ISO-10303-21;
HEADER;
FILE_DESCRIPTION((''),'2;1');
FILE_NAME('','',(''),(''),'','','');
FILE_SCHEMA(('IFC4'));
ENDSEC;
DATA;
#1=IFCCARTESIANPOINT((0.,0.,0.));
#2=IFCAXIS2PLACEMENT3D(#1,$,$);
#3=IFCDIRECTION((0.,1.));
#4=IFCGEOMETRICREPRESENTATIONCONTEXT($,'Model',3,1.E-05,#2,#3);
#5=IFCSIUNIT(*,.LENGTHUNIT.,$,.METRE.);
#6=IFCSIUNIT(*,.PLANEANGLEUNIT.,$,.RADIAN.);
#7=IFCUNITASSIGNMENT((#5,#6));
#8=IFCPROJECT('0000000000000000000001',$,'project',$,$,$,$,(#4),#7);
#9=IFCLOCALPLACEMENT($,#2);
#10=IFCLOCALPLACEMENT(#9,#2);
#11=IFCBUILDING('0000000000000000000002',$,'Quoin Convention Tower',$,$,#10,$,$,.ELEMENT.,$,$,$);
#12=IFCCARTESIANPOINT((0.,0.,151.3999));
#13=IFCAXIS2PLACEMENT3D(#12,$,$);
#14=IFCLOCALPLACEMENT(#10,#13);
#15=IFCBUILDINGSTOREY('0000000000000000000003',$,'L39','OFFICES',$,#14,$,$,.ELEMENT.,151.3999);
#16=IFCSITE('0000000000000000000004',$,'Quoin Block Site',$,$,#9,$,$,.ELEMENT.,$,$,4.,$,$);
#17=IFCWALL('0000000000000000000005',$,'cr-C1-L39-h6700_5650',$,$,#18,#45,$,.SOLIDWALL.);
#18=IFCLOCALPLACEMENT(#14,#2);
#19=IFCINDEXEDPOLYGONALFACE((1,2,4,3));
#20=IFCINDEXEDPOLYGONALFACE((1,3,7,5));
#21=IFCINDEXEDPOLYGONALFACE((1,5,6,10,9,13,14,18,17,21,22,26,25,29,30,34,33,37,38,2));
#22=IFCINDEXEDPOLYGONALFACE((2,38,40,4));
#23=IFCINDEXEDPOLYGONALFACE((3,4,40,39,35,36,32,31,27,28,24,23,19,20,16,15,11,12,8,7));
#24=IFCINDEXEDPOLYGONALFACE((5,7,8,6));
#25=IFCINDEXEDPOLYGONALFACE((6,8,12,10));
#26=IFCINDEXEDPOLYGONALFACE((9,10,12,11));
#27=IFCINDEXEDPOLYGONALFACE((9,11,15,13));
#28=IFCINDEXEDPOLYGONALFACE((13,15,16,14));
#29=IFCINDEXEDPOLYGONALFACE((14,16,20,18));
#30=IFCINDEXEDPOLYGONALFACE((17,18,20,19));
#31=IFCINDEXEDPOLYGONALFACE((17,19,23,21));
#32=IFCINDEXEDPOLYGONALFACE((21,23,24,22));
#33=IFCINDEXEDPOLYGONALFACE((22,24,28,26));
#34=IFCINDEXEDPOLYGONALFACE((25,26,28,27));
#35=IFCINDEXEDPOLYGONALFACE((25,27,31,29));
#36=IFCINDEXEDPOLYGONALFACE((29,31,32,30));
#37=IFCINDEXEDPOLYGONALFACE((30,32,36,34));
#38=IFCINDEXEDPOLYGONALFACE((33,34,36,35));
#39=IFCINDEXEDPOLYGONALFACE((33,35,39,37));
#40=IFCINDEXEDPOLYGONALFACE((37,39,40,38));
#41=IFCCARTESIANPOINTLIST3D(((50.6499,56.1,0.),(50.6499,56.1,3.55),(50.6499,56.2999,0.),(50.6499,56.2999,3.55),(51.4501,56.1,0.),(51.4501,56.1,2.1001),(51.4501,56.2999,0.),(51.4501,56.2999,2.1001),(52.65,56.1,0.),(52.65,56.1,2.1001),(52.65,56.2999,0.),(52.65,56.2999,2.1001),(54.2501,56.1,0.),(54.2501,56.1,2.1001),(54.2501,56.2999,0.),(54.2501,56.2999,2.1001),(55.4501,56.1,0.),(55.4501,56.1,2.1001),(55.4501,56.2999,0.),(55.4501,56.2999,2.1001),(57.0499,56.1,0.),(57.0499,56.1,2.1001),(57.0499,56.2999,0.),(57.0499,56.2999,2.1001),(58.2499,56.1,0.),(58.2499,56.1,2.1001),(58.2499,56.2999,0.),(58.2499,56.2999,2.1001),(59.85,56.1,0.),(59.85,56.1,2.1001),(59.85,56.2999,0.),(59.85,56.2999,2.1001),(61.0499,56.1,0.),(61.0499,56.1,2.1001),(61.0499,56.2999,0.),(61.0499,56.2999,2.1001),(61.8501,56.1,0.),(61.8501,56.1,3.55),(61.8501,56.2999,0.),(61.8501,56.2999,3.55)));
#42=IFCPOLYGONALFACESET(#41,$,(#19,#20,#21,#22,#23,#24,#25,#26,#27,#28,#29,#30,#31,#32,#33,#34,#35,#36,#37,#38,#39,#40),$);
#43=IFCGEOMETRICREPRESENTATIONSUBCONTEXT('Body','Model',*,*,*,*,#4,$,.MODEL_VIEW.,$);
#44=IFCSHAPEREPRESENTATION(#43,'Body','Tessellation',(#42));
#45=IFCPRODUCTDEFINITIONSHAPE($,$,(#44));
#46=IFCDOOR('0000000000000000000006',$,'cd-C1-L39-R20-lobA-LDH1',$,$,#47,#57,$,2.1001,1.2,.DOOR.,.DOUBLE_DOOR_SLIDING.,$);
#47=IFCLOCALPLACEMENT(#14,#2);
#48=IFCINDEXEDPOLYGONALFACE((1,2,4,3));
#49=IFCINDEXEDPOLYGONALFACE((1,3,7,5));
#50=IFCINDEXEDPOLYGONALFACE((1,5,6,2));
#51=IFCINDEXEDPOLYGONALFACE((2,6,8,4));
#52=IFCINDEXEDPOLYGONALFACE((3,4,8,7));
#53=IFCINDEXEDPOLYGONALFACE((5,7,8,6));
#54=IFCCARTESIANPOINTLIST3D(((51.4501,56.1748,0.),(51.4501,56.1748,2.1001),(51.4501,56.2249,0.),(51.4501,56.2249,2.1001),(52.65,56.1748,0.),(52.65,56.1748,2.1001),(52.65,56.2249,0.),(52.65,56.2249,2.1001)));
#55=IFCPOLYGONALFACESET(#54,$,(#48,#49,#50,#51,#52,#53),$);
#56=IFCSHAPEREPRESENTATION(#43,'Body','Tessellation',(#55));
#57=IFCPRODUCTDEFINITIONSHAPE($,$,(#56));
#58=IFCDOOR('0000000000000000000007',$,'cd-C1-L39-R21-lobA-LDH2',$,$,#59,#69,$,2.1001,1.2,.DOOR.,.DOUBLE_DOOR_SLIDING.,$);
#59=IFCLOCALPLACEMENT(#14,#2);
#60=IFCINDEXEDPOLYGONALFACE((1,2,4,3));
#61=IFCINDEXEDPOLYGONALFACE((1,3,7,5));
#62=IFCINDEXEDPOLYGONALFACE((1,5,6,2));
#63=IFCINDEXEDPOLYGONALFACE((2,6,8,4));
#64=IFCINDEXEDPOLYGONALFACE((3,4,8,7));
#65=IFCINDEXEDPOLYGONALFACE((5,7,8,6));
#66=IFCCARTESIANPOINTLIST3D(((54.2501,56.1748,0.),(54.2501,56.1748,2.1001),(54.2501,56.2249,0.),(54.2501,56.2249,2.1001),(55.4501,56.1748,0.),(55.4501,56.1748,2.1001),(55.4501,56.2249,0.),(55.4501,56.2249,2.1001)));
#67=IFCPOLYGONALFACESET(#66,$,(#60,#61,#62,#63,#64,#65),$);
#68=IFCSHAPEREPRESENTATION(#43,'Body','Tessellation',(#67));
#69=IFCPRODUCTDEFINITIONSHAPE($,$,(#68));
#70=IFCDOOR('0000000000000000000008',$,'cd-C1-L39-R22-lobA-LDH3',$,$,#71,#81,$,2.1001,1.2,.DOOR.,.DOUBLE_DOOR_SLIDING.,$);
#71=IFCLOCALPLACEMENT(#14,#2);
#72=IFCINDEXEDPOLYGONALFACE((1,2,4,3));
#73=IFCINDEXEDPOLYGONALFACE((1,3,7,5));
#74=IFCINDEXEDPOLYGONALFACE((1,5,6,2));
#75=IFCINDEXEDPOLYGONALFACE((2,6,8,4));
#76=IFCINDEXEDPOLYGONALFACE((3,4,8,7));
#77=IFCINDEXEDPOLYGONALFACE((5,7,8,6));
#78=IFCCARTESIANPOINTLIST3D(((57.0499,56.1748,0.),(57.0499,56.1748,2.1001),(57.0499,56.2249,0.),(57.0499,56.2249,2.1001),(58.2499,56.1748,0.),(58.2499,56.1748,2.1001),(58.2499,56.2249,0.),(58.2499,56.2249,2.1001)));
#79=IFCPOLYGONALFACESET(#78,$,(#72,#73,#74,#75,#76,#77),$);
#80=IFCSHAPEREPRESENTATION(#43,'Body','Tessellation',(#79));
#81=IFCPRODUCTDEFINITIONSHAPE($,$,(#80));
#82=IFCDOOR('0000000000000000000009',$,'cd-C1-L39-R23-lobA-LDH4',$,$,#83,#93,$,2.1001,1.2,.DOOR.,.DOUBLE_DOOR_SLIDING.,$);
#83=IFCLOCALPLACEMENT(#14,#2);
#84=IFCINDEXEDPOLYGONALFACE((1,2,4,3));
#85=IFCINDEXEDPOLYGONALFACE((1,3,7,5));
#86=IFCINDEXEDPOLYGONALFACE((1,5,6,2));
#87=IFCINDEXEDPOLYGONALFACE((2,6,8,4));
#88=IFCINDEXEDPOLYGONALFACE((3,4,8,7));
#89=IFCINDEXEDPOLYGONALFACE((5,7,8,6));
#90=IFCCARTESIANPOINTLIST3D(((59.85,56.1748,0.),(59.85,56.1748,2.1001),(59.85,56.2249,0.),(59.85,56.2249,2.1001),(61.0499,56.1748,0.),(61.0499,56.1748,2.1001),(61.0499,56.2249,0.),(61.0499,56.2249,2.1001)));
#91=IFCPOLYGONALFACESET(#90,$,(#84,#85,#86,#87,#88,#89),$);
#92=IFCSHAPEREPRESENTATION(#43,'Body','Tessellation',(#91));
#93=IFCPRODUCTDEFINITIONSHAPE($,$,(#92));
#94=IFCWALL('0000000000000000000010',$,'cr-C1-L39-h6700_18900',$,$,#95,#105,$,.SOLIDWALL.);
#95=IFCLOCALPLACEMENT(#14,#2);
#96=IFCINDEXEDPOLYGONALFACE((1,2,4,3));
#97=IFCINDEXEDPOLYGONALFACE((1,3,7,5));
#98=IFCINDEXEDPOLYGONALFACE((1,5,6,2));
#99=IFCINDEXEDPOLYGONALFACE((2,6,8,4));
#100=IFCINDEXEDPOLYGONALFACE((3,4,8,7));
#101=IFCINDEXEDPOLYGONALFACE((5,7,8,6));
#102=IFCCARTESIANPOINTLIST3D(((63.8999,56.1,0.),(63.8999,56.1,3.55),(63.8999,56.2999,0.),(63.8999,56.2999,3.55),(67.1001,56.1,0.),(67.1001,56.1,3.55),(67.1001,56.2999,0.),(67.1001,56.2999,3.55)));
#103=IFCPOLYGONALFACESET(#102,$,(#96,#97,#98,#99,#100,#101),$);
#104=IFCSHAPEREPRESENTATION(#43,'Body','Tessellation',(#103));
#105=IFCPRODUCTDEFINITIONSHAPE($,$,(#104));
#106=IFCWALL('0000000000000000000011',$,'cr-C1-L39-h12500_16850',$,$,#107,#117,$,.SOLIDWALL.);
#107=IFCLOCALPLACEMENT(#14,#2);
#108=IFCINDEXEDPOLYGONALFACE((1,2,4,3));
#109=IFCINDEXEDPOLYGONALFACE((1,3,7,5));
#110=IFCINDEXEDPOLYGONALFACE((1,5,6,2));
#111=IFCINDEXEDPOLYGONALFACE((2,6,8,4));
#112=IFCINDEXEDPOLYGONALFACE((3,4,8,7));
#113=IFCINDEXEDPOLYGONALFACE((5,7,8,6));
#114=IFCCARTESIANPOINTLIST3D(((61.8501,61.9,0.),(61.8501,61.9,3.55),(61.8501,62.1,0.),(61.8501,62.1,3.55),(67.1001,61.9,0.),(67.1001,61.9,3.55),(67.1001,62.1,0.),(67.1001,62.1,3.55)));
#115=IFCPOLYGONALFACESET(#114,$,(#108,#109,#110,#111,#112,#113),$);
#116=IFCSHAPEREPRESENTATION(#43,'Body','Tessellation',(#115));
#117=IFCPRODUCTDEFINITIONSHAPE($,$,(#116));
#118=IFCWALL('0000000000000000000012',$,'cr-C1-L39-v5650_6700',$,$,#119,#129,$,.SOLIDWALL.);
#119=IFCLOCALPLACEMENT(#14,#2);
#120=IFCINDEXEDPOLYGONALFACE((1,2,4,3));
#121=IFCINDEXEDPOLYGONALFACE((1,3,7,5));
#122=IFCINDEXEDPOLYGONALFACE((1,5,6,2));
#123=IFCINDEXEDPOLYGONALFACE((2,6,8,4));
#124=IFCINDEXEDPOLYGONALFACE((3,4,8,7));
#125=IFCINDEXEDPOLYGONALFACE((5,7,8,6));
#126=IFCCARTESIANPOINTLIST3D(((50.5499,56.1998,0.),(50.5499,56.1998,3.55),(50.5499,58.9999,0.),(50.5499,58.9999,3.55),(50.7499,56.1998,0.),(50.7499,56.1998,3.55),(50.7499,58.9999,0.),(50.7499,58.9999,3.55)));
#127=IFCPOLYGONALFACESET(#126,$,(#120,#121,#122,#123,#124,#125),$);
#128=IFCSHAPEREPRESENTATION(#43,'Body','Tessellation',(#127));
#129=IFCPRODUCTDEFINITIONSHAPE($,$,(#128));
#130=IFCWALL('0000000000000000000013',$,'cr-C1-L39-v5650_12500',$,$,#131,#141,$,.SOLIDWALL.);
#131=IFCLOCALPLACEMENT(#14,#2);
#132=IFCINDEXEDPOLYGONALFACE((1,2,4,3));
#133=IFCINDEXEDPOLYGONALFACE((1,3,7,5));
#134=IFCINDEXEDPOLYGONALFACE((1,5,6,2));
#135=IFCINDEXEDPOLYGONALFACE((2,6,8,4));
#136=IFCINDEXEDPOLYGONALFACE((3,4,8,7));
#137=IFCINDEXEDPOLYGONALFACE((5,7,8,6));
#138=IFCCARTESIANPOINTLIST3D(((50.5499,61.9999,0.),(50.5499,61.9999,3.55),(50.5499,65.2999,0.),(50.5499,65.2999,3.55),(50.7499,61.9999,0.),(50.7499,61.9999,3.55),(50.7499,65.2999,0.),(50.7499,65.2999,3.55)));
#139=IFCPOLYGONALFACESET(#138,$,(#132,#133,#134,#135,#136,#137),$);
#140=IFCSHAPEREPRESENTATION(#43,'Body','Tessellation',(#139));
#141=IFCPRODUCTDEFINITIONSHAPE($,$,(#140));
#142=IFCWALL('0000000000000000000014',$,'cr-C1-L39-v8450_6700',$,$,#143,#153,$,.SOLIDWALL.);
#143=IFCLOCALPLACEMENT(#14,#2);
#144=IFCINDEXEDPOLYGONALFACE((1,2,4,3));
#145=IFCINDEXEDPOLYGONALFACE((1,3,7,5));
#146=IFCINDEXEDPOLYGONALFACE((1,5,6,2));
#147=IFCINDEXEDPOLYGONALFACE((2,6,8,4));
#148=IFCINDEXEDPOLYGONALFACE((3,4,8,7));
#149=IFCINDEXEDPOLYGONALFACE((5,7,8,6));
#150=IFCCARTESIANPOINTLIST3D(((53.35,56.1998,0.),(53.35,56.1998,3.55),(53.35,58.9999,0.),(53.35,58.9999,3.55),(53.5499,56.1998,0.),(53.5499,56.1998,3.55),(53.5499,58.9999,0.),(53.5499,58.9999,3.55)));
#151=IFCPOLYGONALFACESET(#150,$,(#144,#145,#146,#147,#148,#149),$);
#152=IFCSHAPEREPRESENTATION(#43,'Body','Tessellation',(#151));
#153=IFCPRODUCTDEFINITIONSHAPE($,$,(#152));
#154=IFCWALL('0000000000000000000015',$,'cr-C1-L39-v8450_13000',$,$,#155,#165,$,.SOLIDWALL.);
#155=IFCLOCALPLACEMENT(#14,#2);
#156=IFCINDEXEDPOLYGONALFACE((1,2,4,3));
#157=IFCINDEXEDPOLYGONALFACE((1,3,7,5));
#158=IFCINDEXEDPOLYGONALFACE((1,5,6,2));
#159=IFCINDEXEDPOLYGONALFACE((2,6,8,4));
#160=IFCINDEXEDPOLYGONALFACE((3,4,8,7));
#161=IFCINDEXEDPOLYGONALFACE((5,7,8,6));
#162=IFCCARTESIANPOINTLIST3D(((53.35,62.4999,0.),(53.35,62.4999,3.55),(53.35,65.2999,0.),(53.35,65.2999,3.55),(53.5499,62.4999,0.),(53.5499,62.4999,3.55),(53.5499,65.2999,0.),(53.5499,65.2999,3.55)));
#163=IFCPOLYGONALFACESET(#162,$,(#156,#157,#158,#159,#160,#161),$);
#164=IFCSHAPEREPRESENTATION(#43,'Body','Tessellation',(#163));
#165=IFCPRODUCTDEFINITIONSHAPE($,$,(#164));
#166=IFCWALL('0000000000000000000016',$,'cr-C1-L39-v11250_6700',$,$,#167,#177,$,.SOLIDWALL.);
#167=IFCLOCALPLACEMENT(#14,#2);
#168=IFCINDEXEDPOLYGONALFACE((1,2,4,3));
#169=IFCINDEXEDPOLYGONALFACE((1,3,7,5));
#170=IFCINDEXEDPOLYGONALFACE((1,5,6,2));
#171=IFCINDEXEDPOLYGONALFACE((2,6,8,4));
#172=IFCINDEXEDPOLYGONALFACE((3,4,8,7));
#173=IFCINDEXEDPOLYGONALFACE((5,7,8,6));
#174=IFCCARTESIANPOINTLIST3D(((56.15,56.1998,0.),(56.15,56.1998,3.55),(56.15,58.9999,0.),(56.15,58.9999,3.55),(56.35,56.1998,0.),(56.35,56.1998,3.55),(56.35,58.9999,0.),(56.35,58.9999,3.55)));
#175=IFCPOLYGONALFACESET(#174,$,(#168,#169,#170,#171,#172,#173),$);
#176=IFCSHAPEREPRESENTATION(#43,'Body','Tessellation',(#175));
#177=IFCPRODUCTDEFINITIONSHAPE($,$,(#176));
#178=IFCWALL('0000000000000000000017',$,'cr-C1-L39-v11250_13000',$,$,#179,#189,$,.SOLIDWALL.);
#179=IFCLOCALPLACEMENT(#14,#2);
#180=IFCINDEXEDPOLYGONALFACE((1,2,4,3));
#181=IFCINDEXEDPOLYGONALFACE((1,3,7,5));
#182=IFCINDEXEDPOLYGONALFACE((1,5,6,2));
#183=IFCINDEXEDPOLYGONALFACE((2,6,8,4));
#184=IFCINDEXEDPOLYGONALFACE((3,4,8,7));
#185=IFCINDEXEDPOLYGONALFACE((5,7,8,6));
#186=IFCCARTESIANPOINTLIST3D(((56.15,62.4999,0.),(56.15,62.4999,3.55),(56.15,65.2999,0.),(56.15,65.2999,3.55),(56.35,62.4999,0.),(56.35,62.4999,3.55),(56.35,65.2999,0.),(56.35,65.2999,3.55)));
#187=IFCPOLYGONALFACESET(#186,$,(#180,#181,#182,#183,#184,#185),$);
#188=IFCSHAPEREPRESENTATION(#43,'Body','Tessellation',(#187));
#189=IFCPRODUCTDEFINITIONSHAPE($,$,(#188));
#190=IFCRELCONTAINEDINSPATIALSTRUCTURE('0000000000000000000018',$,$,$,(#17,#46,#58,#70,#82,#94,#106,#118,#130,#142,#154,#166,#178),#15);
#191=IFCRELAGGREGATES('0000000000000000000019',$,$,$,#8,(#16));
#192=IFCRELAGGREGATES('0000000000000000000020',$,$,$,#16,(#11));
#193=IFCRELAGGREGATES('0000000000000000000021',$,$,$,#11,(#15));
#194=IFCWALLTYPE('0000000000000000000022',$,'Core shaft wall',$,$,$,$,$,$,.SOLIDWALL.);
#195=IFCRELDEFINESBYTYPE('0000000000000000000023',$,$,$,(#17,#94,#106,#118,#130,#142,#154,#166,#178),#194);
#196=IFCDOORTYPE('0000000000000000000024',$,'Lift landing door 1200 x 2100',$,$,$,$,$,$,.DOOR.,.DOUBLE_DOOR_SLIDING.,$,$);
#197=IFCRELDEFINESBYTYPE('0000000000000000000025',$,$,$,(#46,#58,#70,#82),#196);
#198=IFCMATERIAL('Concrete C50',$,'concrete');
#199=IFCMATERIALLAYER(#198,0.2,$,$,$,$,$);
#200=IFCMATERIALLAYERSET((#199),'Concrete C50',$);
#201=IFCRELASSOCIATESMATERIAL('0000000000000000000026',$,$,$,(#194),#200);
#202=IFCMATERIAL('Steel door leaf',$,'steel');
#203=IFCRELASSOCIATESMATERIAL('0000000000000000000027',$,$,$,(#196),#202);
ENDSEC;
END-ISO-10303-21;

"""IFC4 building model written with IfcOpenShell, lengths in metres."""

from ifc_helpers import new_model, si_unit, direction, frame, frame_2d, origin, place, context, subcontext, project, spatial, rectangle, extrude, material, layer, layer_set, type_object, element, fill, save


model = new_model("IFC4")

# Units and contexts
model_context = context("Model", 3, precision=1e-05, world=origin(), true_north=direction((0.0, 1.0)))
body_context = subcontext(model_context, "Body", "Model", "MODEL_VIEW")
ifc_project = project(units=[si_unit("LENGTHUNIT", "METRE"), si_unit("PLANEANGLEUNIT", "RADIAN")], contexts=[model_context])

# Site, building, storey
site_placement = place(None, origin())
site = spatial("IfcSite", under=ifc_project, at=site_placement, Name="Quoin Block Site", CompositionType="ELEMENT", RefElevation=4.0)
building_placement = place(site_placement, origin())
building = spatial("IfcBuilding", under=site, at=building_placement, Name="Quoin Convention Tower", CompositionType="ELEMENT")
storey_placement = place(building_placement, frame((0.0, 0.0, 151.3999)))
storey = spatial("IfcBuildingStorey", under=building, at=storey_placement, Name="L39", Description="OFFICES", CompositionType="ELEMENT", Elevation=151.3999)

# Wall, openings, doors
ifc_material_1 = material(Name="Concrete C50", Category="concrete")
ifc_layer_1 = layer(ifc_material_1, 0.2)
ifc_layer_set_1 = layer_set([ifc_layer_1], Name="Concrete C50")
wall_type_1 = type_object("IfcWallType", Name="Core shaft wall", PredefinedType="SOLIDWALL", material=ifc_layer_set_1)
wall_1_placement = place(storey_placement, frame((50.6499, 56.2, 0.0), z_axis=(0.0, 0.0, 1.0), x_axis=(1.0, 0.0, 0.0)))
wall_1 = element("IfcWall", 1, at=wall_1_placement, inside=storey, type_object=wall_type_1, Name="cr-C1-L39-h6700_5650", PredefinedType="SOLIDWALL", context=body_context, shape_type="SweptSolid", body=[
    extrude(rectangle(XDim=11.2002, YDim=0.2, at=frame_2d((5.6001, 0.0))), origin(), (0.0, 0.0, 1.0), 3.55),
])
opening_1_placement = place(wall_1_placement, frame((0.8, 0.0, 0.0)))
opening_1 = element("IfcOpeningElement", 2, at=opening_1_placement, cuts=wall_1, PredefinedType="OPENING", context=body_context, shape_type="SweptSolid", body=[
    extrude(rectangle(XDim=1.2, YDim=2.1001, at=frame_2d((0.6001, 1.05))), frame((0.0, 0.1099, 0.0), z_axis=(0.0, -1.0, 0.0), x_axis=(1.0, 0.0, 0.0)), (0.0, 0.0, 1.0), 0.22),
])
opening_2_placement = place(wall_1_placement, frame((3.6001, 0.0, 0.0)))
opening_2 = element("IfcOpeningElement", 3, at=opening_2_placement, cuts=wall_1, PredefinedType="OPENING", context=body_context, shape_type="SweptSolid", body=[
    extrude(rectangle(XDim=1.2, YDim=2.1001, at=frame_2d((0.6001, 1.05))), frame((0.0, 0.1099, 0.0), z_axis=(0.0, -1.0, 0.0), x_axis=(1.0, 0.0, 0.0)), (0.0, 0.0, 1.0), 0.22),
])
opening_3_placement = place(wall_1_placement, frame((6.3999, 0.0, 0.0)))
opening_3 = element("IfcOpeningElement", 4, at=opening_3_placement, cuts=wall_1, PredefinedType="OPENING", context=body_context, shape_type="SweptSolid", body=[
    extrude(rectangle(XDim=1.2, YDim=2.1001, at=frame_2d((0.6001, 1.05))), frame((0.0, 0.1099, 0.0), z_axis=(0.0, -1.0, 0.0), x_axis=(1.0, 0.0, 0.0)), (0.0, 0.0, 1.0), 0.22),
])
opening_4_placement = place(wall_1_placement, frame((9.2, 0.0, 0.0)))
opening_4 = element("IfcOpeningElement", 5, at=opening_4_placement, cuts=wall_1, PredefinedType="OPENING", context=body_context, shape_type="SweptSolid", body=[
    extrude(rectangle(XDim=1.2, YDim=2.1001, at=frame_2d((0.6001, 1.05))), frame((0.0, 0.1099, 0.0), z_axis=(0.0, -1.0, 0.0), x_axis=(1.0, 0.0, 0.0)), (0.0, 0.0, 1.0), 0.22),
])
ifc_material_2 = material(Name="Steel door leaf", Category="steel")
door_type_1 = type_object("IfcDoorType", Name="Lift landing door 1200 x 2100", OperationType="DOUBLE_DOOR_SLIDING", PredefinedType="DOOR", material=ifc_material_2)
door_1_placement = place(opening_1_placement, origin())
door_1 = element("IfcDoor", 6, at=door_1_placement, inside=storey, type_object=door_type_1, Name="cd-C1-L39-R20-lobA-LDH1", OperationType="DOUBLE_DOOR_SLIDING", OverallHeight=2.1001, OverallWidth=1.2, PredefinedType="DOOR", context=body_context, shape_type="SweptSolid", body=[
    extrude(rectangle(XDim=1.2, YDim=2.1001, at=frame_2d((0.6001, 1.05))), frame((0.0, 0.0249, 0.0), z_axis=(0.0, -1.0, 0.0), x_axis=(1.0, 0.0, 0.0)), (0.0, 0.0, 1.0), 0.05),
])
fill(opening_1, door_1)
door_2_placement = place(opening_2_placement, origin())
door_2 = element("IfcDoor", 7, at=door_2_placement, inside=storey, type_object=door_type_1, Name="cd-C1-L39-R21-lobA-LDH2", OperationType="DOUBLE_DOOR_SLIDING", OverallHeight=2.1001, OverallWidth=1.2, PredefinedType="DOOR", context=body_context, shape_type="SweptSolid", body=[
    extrude(rectangle(XDim=1.2, YDim=2.1001, at=frame_2d((0.6001, 1.05))), frame((0.0, 0.0249, 0.0), z_axis=(0.0, -1.0, 0.0), x_axis=(1.0, 0.0, 0.0)), (0.0, 0.0, 1.0), 0.05),
])
fill(opening_2, door_2)
door_3_placement = place(opening_3_placement, origin())
door_3 = element("IfcDoor", 8, at=door_3_placement, inside=storey, type_object=door_type_1, Name="cd-C1-L39-R22-lobA-LDH3", OperationType="DOUBLE_DOOR_SLIDING", OverallHeight=2.1001, OverallWidth=1.2, PredefinedType="DOOR", context=body_context, shape_type="SweptSolid", body=[
    extrude(rectangle(XDim=1.2, YDim=2.1001, at=frame_2d((0.6001, 1.05))), frame((0.0, 0.0249, 0.0), z_axis=(0.0, -1.0, 0.0), x_axis=(1.0, 0.0, 0.0)), (0.0, 0.0, 1.0), 0.05),
])
fill(opening_3, door_3)
door_4_placement = place(opening_4_placement, origin())
door_4 = element("IfcDoor", 9, at=door_4_placement, inside=storey, type_object=door_type_1, Name="cd-C1-L39-R23-lobA-LDH4", OperationType="DOUBLE_DOOR_SLIDING", OverallHeight=2.1001, OverallWidth=1.2, PredefinedType="DOOR", context=body_context, shape_type="SweptSolid", body=[
    extrude(rectangle(XDim=1.2, YDim=2.1001, at=frame_2d((0.6001, 1.05))), frame((0.0, 0.0249, 0.0), z_axis=(0.0, -1.0, 0.0), x_axis=(1.0, 0.0, 0.0)), (0.0, 0.0, 1.0), 0.05),
])
fill(opening_4, door_4)

# Walls
wall_2_placement = place(storey_placement, frame((63.8999, 56.2, 0.0), z_axis=(0.0, 0.0, 1.0), x_axis=(1.0, 0.0, 0.0)))
element("IfcWall", 10, at=wall_2_placement, inside=storey, type_object=wall_type_1, Name="cr-C1-L39-h6700_18900", PredefinedType="SOLIDWALL", context=body_context, shape_type="SweptSolid", body=[
    extrude(rectangle(XDim=3.2002, YDim=0.2, at=frame_2d((1.6001, 0.0))), origin(), (0.0, 0.0, 1.0), 3.55),
])
wall_3_placement = place(storey_placement, frame((61.8501, 62.0, 0.0), z_axis=(0.0, 0.0, 1.0), x_axis=(1.0, 0.0, 0.0)))
element("IfcWall", 11, at=wall_3_placement, inside=storey, type_object=wall_type_1, Name="cr-C1-L39-h12500_16850", PredefinedType="SOLIDWALL", context=body_context, shape_type="SweptSolid", body=[
    extrude(rectangle(XDim=5.25, YDim=0.2, at=frame_2d((2.625, 0.0))), origin(), (0.0, 0.0, 1.0), 3.55),
])
wall_4_placement = place(storey_placement, frame((50.6499, 56.2, 0.0), z_axis=(0.0, 0.0, 1.0), x_axis=(0.0, 1.0, 0.0)))
element("IfcWall", 12, at=wall_4_placement, inside=storey, type_object=wall_type_1, Name="cr-C1-L39-v5650_6700", PredefinedType="SOLIDWALL", context=body_context, shape_type="SweptSolid", body=[
    extrude(rectangle(XDim=2.8, YDim=0.2, at=frame_2d((1.3999, 0.0))), origin(), (0.0, 0.0, 1.0), 3.55),
])
wall_5_placement = place(storey_placement, frame((50.6499, 62.0, 0.0), z_axis=(0.0, 0.0, 1.0), x_axis=(0.0, 1.0, 0.0)))
element("IfcWall", 13, at=wall_5_placement, inside=storey, type_object=wall_type_1, Name="cr-C1-L39-v5650_12500", PredefinedType="SOLIDWALL", context=body_context, shape_type="SweptSolid", body=[
    extrude(rectangle(XDim=3.3, YDim=0.2, at=frame_2d((1.6499, 0.0))), origin(), (0.0, 0.0, 1.0), 3.55),
])
for number, where, z_axis, x_axis, name in (
    (14, (53.45, 56.2, 0.0), (0.0, 0.0, 1.0), (0.0, 1.0, 0.0), "cr-C1-L39-v8450_6700"),
    (15, (53.45, 62.5, 0.0), (0.0, 0.0, 1.0), (0.0, 1.0, 0.0), "cr-C1-L39-v8450_13000"),
    (16, (56.25, 56.2, 0.0), (0.0, 0.0, 1.0), (0.0, 1.0, 0.0), "cr-C1-L39-v11250_6700"),
    (17, (56.25, 62.5, 0.0), (0.0, 0.0, 1.0), (0.0, 1.0, 0.0), "cr-C1-L39-v11250_13000"),
):
    element("IfcWall", number, at=place(storey_placement, frame(where, z_axis=z_axis, x_axis=x_axis)), inside=storey, type_object=wall_type_1, Name=name, PredefinedType="SOLIDWALL", context=body_context, shape_type="SweptSolid", body=[
        extrude(rectangle(XDim=2.8, YDim=0.2, at=frame_2d((1.3999, 0.0))), origin(), (0.0, 0.0, 1.0), 3.55),
    ])

save(model, "model.ifc")
